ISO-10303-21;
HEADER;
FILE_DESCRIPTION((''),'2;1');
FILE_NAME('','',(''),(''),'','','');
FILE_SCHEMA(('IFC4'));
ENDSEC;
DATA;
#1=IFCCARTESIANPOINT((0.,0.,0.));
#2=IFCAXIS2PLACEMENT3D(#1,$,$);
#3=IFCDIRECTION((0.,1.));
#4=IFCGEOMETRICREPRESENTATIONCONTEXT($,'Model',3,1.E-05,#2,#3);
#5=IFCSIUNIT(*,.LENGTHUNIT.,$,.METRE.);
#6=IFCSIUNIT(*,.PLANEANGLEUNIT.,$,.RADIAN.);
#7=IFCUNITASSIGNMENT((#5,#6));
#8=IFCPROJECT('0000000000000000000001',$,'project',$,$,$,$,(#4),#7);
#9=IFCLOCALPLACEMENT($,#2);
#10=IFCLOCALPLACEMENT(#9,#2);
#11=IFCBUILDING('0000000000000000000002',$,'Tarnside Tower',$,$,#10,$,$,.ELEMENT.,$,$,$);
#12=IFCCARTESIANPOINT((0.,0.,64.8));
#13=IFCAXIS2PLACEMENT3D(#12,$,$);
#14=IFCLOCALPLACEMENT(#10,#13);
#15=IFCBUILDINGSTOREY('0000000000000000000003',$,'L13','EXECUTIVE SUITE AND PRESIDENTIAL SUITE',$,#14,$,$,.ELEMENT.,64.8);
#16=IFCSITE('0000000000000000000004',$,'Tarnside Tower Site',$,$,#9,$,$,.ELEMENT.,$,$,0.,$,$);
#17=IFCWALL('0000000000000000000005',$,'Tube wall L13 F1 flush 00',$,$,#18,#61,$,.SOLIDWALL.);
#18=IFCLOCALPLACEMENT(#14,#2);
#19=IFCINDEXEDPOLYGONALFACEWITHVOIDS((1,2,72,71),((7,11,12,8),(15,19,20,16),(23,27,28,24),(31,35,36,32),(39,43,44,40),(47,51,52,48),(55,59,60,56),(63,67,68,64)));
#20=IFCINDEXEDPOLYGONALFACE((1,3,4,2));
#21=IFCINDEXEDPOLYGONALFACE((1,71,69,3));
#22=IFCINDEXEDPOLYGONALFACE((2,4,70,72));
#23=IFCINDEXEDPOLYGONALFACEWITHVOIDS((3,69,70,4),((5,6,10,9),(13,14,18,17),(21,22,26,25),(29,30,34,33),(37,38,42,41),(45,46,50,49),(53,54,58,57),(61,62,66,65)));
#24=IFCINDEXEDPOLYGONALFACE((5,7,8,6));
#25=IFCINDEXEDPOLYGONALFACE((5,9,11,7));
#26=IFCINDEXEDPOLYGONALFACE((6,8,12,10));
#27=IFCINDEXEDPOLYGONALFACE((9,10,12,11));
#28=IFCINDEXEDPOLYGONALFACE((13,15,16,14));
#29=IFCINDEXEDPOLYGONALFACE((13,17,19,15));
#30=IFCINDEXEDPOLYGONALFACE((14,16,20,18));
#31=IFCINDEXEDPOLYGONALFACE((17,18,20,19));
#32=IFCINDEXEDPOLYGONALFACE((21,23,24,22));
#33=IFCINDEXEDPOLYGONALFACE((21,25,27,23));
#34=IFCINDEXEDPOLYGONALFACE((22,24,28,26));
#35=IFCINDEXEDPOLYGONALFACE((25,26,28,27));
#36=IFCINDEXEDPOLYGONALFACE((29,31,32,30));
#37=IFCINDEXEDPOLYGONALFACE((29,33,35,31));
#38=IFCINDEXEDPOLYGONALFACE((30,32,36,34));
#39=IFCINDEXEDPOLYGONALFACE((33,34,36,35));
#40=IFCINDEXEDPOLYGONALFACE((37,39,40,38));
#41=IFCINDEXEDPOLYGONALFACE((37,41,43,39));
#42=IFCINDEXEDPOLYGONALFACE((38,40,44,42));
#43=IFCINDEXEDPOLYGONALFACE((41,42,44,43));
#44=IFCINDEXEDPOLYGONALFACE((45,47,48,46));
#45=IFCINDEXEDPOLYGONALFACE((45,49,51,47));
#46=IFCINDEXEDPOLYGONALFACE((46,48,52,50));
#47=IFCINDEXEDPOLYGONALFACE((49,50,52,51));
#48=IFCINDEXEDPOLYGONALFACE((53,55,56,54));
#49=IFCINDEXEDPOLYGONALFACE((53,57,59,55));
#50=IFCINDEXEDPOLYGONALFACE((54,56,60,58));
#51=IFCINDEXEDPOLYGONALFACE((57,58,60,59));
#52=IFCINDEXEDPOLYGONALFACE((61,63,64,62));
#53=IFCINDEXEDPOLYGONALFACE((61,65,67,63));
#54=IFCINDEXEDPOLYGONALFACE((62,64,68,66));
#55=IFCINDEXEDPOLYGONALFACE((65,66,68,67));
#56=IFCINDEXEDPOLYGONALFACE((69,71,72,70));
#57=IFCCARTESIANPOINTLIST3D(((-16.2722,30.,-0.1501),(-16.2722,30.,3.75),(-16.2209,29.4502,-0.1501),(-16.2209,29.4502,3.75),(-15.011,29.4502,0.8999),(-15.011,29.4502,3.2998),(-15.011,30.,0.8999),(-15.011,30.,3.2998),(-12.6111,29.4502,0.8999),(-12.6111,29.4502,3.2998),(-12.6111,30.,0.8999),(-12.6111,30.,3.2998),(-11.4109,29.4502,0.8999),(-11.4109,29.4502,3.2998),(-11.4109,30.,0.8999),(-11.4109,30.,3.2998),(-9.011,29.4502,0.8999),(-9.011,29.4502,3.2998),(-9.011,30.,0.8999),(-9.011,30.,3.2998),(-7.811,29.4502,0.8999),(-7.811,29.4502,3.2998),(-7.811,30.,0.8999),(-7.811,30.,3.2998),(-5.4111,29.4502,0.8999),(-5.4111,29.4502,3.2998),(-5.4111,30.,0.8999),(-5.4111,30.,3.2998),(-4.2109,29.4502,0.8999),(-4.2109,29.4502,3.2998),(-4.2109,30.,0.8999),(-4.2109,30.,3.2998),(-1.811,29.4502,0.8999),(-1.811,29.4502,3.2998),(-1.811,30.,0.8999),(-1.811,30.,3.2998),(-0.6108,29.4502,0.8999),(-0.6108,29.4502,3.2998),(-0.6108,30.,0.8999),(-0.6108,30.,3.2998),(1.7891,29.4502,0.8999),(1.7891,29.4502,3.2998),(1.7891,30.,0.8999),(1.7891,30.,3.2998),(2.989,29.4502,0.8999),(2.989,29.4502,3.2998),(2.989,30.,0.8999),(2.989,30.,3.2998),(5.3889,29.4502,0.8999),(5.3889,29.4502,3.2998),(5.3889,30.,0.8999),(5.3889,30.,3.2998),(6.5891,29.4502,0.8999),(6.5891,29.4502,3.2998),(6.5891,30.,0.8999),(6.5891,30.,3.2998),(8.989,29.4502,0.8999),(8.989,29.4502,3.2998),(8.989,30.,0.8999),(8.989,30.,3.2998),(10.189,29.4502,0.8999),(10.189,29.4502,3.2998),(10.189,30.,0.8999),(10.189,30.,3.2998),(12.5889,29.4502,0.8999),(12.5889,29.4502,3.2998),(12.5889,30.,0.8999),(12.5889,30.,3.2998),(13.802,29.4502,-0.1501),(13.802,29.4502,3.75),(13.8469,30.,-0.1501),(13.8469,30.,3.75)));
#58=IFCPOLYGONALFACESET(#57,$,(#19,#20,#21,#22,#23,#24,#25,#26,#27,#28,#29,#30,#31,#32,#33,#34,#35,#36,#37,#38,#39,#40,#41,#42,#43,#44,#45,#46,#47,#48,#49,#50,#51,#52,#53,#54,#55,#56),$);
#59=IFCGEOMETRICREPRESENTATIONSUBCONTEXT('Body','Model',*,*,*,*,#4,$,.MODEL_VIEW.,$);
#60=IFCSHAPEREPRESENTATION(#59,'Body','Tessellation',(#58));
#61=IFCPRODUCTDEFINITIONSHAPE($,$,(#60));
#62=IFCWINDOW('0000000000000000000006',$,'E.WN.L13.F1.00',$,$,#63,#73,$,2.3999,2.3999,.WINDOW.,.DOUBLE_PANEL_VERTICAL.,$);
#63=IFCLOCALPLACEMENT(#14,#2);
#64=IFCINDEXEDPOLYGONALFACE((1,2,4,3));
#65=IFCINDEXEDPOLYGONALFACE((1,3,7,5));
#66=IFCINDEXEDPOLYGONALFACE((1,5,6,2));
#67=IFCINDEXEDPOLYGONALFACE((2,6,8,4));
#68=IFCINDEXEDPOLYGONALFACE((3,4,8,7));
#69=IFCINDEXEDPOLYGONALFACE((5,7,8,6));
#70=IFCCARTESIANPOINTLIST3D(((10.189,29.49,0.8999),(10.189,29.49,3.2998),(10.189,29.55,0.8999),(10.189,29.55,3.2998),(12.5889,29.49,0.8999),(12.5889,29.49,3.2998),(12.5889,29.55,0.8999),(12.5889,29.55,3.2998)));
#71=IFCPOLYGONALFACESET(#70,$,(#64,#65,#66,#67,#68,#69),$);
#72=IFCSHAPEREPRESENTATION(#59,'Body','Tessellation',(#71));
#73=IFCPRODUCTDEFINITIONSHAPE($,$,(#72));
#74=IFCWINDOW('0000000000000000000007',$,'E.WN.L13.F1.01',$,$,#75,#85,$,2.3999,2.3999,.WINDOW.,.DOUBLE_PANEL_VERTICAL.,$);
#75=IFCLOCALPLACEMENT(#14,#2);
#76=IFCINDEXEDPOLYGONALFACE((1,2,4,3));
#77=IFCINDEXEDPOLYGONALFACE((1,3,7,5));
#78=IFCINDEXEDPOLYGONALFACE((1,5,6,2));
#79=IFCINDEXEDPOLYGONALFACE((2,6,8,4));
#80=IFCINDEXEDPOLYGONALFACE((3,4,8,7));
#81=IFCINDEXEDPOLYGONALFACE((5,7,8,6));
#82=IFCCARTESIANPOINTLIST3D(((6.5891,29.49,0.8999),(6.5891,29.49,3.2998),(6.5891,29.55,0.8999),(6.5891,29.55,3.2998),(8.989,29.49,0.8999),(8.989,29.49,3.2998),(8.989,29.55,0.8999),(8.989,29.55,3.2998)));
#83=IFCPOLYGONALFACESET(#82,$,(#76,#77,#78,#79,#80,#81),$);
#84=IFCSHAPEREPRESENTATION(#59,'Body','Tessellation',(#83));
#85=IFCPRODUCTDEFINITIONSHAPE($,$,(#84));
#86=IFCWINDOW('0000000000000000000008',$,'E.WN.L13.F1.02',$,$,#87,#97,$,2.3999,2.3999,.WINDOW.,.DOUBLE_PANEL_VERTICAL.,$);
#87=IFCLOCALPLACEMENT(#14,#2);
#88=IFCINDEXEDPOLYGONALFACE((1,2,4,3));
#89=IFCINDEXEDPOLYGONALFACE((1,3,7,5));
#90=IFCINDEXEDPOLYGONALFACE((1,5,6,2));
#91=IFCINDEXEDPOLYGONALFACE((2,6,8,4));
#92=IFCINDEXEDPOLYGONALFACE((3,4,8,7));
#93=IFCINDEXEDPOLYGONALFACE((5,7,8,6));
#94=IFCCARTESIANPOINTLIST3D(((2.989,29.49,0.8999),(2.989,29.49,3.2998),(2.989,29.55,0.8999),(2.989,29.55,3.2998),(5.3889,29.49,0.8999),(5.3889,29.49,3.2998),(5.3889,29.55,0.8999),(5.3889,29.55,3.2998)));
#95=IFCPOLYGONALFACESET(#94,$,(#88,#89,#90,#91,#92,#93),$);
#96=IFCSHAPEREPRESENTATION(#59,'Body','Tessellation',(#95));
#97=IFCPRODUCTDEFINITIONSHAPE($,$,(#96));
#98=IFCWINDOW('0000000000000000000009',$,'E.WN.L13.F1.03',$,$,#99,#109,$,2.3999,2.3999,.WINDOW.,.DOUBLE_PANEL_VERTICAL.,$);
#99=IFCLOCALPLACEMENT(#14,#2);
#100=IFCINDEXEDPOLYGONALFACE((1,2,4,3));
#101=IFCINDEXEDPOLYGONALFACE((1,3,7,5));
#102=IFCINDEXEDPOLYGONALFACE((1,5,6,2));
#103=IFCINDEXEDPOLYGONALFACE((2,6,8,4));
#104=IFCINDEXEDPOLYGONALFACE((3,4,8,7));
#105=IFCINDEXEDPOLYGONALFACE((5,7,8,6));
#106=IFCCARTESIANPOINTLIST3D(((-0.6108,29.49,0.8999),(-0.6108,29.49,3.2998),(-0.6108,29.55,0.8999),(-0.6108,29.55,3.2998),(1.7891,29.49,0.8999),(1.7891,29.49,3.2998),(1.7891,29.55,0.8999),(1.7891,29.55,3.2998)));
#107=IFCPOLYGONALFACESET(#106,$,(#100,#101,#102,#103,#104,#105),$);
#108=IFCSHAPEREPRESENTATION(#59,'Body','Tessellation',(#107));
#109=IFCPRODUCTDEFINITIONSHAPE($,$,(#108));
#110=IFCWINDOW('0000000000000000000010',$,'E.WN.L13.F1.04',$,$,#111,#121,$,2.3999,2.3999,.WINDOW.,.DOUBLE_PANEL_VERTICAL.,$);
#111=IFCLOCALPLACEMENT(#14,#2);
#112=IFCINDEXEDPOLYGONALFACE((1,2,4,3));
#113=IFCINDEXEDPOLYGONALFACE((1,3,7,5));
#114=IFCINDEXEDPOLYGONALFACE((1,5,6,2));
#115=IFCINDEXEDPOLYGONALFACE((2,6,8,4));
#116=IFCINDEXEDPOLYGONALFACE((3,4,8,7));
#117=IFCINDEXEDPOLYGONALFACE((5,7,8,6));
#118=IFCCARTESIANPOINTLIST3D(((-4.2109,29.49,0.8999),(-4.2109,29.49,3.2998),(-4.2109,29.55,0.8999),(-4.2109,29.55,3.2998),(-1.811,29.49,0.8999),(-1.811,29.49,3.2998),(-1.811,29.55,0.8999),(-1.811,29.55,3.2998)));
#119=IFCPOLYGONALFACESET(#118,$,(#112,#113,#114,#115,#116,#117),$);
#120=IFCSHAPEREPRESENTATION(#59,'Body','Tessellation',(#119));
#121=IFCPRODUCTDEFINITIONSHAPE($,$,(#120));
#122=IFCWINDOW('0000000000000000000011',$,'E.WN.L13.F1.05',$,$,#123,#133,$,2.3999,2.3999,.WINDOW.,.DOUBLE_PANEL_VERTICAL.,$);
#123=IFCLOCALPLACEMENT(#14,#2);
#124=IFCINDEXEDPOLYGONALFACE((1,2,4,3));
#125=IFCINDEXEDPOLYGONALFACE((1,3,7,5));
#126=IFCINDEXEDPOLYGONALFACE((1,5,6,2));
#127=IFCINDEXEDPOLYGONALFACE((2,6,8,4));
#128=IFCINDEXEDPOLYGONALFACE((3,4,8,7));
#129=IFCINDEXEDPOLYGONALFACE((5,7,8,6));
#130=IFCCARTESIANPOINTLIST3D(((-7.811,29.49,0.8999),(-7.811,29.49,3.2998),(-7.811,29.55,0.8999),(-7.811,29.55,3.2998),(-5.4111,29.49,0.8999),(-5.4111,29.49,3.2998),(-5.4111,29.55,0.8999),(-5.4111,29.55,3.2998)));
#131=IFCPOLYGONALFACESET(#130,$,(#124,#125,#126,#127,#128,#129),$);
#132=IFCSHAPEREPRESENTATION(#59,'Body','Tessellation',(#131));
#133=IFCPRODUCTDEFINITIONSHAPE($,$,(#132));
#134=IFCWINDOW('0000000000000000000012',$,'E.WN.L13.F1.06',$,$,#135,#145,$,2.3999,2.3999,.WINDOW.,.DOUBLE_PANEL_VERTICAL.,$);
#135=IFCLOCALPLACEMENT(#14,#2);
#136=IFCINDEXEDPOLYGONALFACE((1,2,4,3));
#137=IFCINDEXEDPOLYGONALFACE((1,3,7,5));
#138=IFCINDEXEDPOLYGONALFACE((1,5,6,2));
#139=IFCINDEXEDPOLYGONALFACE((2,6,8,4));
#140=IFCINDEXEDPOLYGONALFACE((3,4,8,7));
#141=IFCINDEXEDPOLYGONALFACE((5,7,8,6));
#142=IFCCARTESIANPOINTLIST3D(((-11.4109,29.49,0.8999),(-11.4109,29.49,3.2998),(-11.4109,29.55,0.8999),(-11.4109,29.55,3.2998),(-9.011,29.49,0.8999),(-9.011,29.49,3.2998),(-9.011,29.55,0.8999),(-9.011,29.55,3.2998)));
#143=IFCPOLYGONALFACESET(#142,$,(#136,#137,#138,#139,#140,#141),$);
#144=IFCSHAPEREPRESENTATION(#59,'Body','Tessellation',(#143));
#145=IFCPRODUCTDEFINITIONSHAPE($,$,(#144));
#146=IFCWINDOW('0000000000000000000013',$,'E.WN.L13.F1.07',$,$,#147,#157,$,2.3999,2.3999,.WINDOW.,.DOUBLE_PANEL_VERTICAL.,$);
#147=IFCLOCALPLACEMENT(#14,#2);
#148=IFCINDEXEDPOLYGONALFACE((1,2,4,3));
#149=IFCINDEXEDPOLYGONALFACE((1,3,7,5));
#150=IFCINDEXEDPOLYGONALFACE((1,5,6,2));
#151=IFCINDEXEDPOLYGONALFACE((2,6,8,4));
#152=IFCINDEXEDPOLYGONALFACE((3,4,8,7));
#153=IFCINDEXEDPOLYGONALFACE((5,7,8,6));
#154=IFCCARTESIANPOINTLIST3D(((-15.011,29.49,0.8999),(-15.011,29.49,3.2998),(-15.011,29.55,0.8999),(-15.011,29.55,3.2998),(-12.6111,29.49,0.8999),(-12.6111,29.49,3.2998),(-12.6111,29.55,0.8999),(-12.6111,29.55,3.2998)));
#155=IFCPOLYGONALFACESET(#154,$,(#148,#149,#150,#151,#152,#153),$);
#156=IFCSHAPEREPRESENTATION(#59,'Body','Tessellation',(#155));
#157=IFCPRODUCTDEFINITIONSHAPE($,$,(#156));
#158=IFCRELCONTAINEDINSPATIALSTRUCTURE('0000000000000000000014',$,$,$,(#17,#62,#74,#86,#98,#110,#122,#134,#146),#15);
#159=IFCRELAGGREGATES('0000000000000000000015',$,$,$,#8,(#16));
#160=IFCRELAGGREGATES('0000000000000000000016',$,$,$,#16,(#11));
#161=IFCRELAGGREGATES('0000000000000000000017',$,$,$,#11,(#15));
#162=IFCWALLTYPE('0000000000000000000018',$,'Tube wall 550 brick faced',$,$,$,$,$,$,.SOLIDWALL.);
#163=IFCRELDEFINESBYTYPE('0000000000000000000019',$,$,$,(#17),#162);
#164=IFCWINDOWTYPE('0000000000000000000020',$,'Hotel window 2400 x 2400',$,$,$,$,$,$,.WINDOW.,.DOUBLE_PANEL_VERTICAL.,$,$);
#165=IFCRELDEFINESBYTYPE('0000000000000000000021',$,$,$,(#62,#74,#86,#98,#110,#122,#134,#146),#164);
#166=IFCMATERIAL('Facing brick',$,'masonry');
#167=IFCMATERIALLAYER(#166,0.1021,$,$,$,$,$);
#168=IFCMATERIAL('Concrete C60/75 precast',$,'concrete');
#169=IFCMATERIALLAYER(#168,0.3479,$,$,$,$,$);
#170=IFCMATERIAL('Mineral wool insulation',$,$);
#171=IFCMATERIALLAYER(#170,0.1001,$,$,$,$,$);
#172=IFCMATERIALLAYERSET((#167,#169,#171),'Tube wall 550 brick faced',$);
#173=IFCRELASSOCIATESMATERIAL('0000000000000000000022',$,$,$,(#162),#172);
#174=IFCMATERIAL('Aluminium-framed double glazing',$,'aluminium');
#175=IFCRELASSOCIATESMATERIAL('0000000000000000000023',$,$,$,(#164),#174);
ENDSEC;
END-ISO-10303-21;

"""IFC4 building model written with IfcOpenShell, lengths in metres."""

from ifc_helpers import new_model, si_unit, direction, frame, frame_2d, origin, place, context, subcontext, project, spatial, polyline, rectangle, outline, extrude, material, layer, layer_set, type_object, element, fill, save


model = new_model("IFC4")

# Units and contexts
model_context = context("Model", 3, precision=1e-05, world=origin(), true_north=direction((0.0, 1.0)))
body_context = subcontext(model_context, "Body", "Model", "MODEL_VIEW")
ifc_project = project(units=[si_unit("LENGTHUNIT", "METRE"), si_unit("PLANEANGLEUNIT", "RADIAN")], contexts=[model_context])

# Site, building, storey
site_placement = place(None, origin())
site = spatial("IfcSite", under=ifc_project, at=site_placement, Name="Tarnside Tower Site", CompositionType="ELEMENT", RefElevation=0.0)
building_placement = place(site_placement, origin())
building = spatial("IfcBuilding", under=site, at=building_placement, Name="Tarnside Tower", CompositionType="ELEMENT")
storey_placement = place(building_placement, frame((0.0, 0.0, 64.8)))
storey = spatial("IfcBuildingStorey", under=building, at=storey_placement, Name="L13", Description="EXECUTIVE SUITE AND PRESIDENTIAL SUITE", CompositionType="ELEMENT", Elevation=64.8)

# Wall, openings, windows
ifc_material_1 = material(Name="Facing brick", Category="masonry")
ifc_layer_1 = layer(ifc_material_1, 0.1021)
ifc_material_2 = material(Name="Concrete C60/75 precast", Category="concrete")
ifc_layer_2 = layer(ifc_material_2, 0.3479)
ifc_material_3 = material(Name="Mineral wool insulation")
ifc_layer_3 = layer(ifc_material_3, 0.1001)
ifc_layer_set_1 = layer_set([ifc_layer_1, ifc_layer_2, ifc_layer_3], Name="Tube wall 550 brick faced")
wall_type_1 = type_object("IfcWallType", Name="Tube wall 550 brick faced", PredefinedType="SOLIDWALL", material=ifc_layer_set_1)
wall_1_placement = place(storey_placement, frame((13.8245, 29.7251, -0.1501), z_axis=(0.0, 0.0, 1.0), x_axis=(-1.0, 0.0, 0.0)))
wall_1 = element("IfcWall", 1, at=wall_1_placement, inside=storey, type_object=wall_type_1, Name="Tube wall L13 F1 flush 00", PredefinedType="SOLIDWALL", context=body_context, shape_type="SweptSolid", body=[
    extrude(outline(polyline([(-0.0225, -0.2749), (30.0967, -0.2749), (30.0454, 0.2749), (0.0225, 0.2749), (-0.0225, -0.2749)])), origin(), (0.0, 0.0, 1.0), 3.9001),
])
opening_1_placement = place(wall_1_placement, frame((1.2356, 0.0, 1.05)))
opening_1 = element("IfcOpeningElement", 2, at=opening_1_placement, cuts=wall_1, PredefinedType="OPENING", context=body_context, shape_type="SweptSolid", body=[
    extrude(rectangle(XDim=2.3999, YDim=2.3999, at=frame_2d((1.2, 1.2))), frame((0.0, 0.2852, 0.0), z_axis=(0.0, -1.0, 0.0), x_axis=(1.0, 0.0, 0.0)), (0.0, 0.0, 1.0), 0.5701),
])
opening_2_placement = place(wall_1_placement, frame((4.8354, 0.0, 1.05)))
opening_2 = element("IfcOpeningElement", 3, at=opening_2_placement, cuts=wall_1, PredefinedType="OPENING", context=body_context, shape_type="SweptSolid", body=[
    extrude(rectangle(XDim=2.3999, YDim=2.3999, at=frame_2d((1.2, 1.2))), frame((0.0, 0.2852, 0.0), z_axis=(0.0, -1.0, 0.0), x_axis=(1.0, 0.0, 0.0)), (0.0, 0.0, 1.0), 0.5701),
])
opening_3_placement = place(wall_1_placement, frame((8.4355, 0.0, 1.05)))
opening_3 = element("IfcOpeningElement", 4, at=opening_3_placement, cuts=wall_1, PredefinedType="OPENING", context=body_context, shape_type="SweptSolid", body=[
    extrude(rectangle(XDim=2.3999, YDim=2.3999, at=frame_2d((1.2, 1.2))), frame((0.0, 0.2852, 0.0), z_axis=(0.0, -1.0, 0.0), x_axis=(1.0, 0.0, 0.0)), (0.0, 0.0, 1.0), 0.5701),
])
opening_4_placement = place(wall_1_placement, frame((12.0354, 0.0, 1.05)))
opening_4 = element("IfcOpeningElement", 5, at=opening_4_placement, cuts=wall_1, PredefinedType="OPENING", context=body_context, shape_type="SweptSolid", body=[
    extrude(rectangle(XDim=2.3999, YDim=2.3999, at=frame_2d((1.2, 1.2))), frame((0.0, 0.2852, 0.0), z_axis=(0.0, -1.0, 0.0), x_axis=(1.0, 0.0, 0.0)), (0.0, 0.0, 1.0), 0.5701),
])
opening_5_placement = place(wall_1_placement, frame((15.6355, 0.0, 1.05)))
opening_5 = element("IfcOpeningElement", 6, at=opening_5_placement, cuts=wall_1, PredefinedType="OPENING", context=body_context, shape_type="SweptSolid", body=[
    extrude(rectangle(XDim=2.3999, YDim=2.3999, at=frame_2d((1.2, 1.2))), frame((0.0, 0.2852, 0.0), z_axis=(0.0, -1.0, 0.0), x_axis=(1.0, 0.0, 0.0)), (0.0, 0.0, 1.0), 0.5701),
])
opening_6_placement = place(wall_1_placement, frame((19.2356, 0.0, 1.05)))
opening_6 = element("IfcOpeningElement", 7, at=opening_6_placement, cuts=wall_1, PredefinedType="OPENING", context=body_context, shape_type="SweptSolid", body=[
    extrude(rectangle(XDim=2.3999, YDim=2.3999, at=frame_2d((1.2, 1.2))), frame((0.0, 0.2852, 0.0), z_axis=(0.0, -1.0, 0.0), x_axis=(1.0, 0.0, 0.0)), (0.0, 0.0, 1.0), 0.5701),
])
opening_7_placement = place(wall_1_placement, frame((22.8354, 0.0, 1.05)))
opening_7 = element("IfcOpeningElement", 8, at=opening_7_placement, cuts=wall_1, PredefinedType="OPENING", context=body_context, shape_type="SweptSolid", body=[
    extrude(rectangle(XDim=2.3999, YDim=2.3999, at=frame_2d((1.2, 1.2))), frame((0.0, 0.2852, 0.0), z_axis=(0.0, -1.0, 0.0), x_axis=(1.0, 0.0, 0.0)), (0.0, 0.0, 1.0), 0.5701),
])
opening_8_placement = place(wall_1_placement, frame((26.4355, 0.0, 1.05)))
opening_8 = element("IfcOpeningElement", 9, at=opening_8_placement, cuts=wall_1, PredefinedType="OPENING", context=body_context, shape_type="SweptSolid", body=[
    extrude(rectangle(XDim=2.3999, YDim=2.3999, at=frame_2d((1.2, 1.2))), frame((0.0, 0.2852, 0.0), z_axis=(0.0, -1.0, 0.0), x_axis=(1.0, 0.0, 0.0)), (0.0, 0.0, 1.0), 0.5701),
])
ifc_material_4 = material(Name="Aluminium-framed double glazing", Category="aluminium")
window_type = type_object("IfcWindowType", Name="Hotel window 2400 x 2400", PartitioningType="DOUBLE_PANEL_VERTICAL", PredefinedType="WINDOW", material=ifc_material_4)
window_1_placement = place(opening_1_placement, frame((0.0, 0.2051, 0.0)))
window_1 = element("IfcWindow", 10, at=window_1_placement, inside=storey, type_object=window_type, Name="E.WN.L13.F1.00", OverallHeight=2.3999, OverallWidth=2.3999, PartitioningType="DOUBLE_PANEL_VERTICAL", PredefinedType="WINDOW", context=body_context, shape_type="SweptSolid", body=[
    extrude(rectangle(XDim=2.3999, YDim=2.3999, at=frame_2d((1.2, 1.2))), frame((0.0, 0.03, 0.0), z_axis=(0.0, -1.0, 0.0), x_axis=(1.0, 0.0, 0.0)), (0.0, 0.0, 1.0), 0.0601),
])
fill(opening_1, window_1)
window_2_placement = place(opening_2_placement, frame((0.0, 0.2051, 0.0)))
window_2 = element("IfcWindow", 11, at=window_2_placement, inside=storey, type_object=window_type, Name="E.WN.L13.F1.01", OverallHeight=2.3999, OverallWidth=2.3999, PartitioningType="DOUBLE_PANEL_VERTICAL", PredefinedType="WINDOW", context=body_context, shape_type="SweptSolid", body=[
    extrude(rectangle(XDim=2.3999, YDim=2.3999, at=frame_2d((1.2, 1.2))), frame((0.0, 0.03, 0.0), z_axis=(0.0, -1.0, 0.0), x_axis=(1.0, 0.0, 0.0)), (0.0, 0.0, 1.0), 0.0601),
])
fill(opening_2, window_2)
window_3_placement = place(opening_3_placement, frame((0.0, 0.2051, 0.0)))
window_3 = element("IfcWindow", 12, at=window_3_placement, inside=storey, type_object=window_type, Name="E.WN.L13.F1.02", OverallHeight=2.3999, OverallWidth=2.3999, PartitioningType="DOUBLE_PANEL_VERTICAL", PredefinedType="WINDOW", context=body_context, shape_type="SweptSolid", body=[
    extrude(rectangle(XDim=2.3999, YDim=2.3999, at=frame_2d((1.2, 1.2))), frame((0.0, 0.03, 0.0), z_axis=(0.0, -1.0, 0.0), x_axis=(1.0, 0.0, 0.0)), (0.0, 0.0, 1.0), 0.0601),
])
fill(opening_3, window_3)
window_4_placement = place(opening_4_placement, frame((0.0, 0.2051, 0.0)))
window_4 = element("IfcWindow", 13, at=window_4_placement, inside=storey, type_object=window_type, Name="E.WN.L13.F1.03", OverallHeight=2.3999, OverallWidth=2.3999, PartitioningType="DOUBLE_PANEL_VERTICAL", PredefinedType="WINDOW", context=body_context, shape_type="SweptSolid", body=[
    extrude(rectangle(XDim=2.3999, YDim=2.3999, at=frame_2d((1.2, 1.2))), frame((0.0, 0.03, 0.0), z_axis=(0.0, -1.0, 0.0), x_axis=(1.0, 0.0, 0.0)), (0.0, 0.0, 1.0), 0.0601),
])
fill(opening_4, window_4)
window_5_placement = place(opening_5_placement, frame((0.0, 0.2051, 0.0)))
window_5 = element("IfcWindow", 14, at=window_5_placement, inside=storey, type_object=window_type, Name="E.WN.L13.F1.04", OverallHeight=2.3999, OverallWidth=2.3999, PartitioningType="DOUBLE_PANEL_VERTICAL", PredefinedType="WINDOW", context=body_context, shape_type="SweptSolid", body=[
    extrude(rectangle(XDim=2.3999, YDim=2.3999, at=frame_2d((1.2, 1.2))), frame((0.0, 0.03, 0.0), z_axis=(0.0, -1.0, 0.0), x_axis=(1.0, 0.0, 0.0)), (0.0, 0.0, 1.0), 0.0601),
])
fill(opening_5, window_5)
window_6_placement = place(opening_6_placement, frame((0.0, 0.2051, 0.0)))
window_6 = element("IfcWindow", 15, at=window_6_placement, inside=storey, type_object=window_type, Name="E.WN.L13.F1.05", OverallHeight=2.3999, OverallWidth=2.3999, PartitioningType="DOUBLE_PANEL_VERTICAL", PredefinedType="WINDOW", context=body_context, shape_type="SweptSolid", body=[
    extrude(rectangle(XDim=2.3999, YDim=2.3999, at=frame_2d((1.2, 1.2))), frame((0.0, 0.03, 0.0), z_axis=(0.0, -1.0, 0.0), x_axis=(1.0, 0.0, 0.0)), (0.0, 0.0, 1.0), 0.0601),
])
fill(opening_6, window_6)
window_7_placement = place(opening_7_placement, frame((0.0, 0.2051, 0.0)))
window_7 = element("IfcWindow", 16, at=window_7_placement, inside=storey, type_object=window_type, Name="E.WN.L13.F1.06", OverallHeight=2.3999, OverallWidth=2.3999, PartitioningType="DOUBLE_PANEL_VERTICAL", PredefinedType="WINDOW", context=body_context, shape_type="SweptSolid", body=[
    extrude(rectangle(XDim=2.3999, YDim=2.3999, at=frame_2d((1.2, 1.2))), frame((0.0, 0.03, 0.0), z_axis=(0.0, -1.0, 0.0), x_axis=(1.0, 0.0, 0.0)), (0.0, 0.0, 1.0), 0.0601),
])
fill(opening_7, window_7)
window_8_placement = place(opening_8_placement, frame((0.0, 0.2051, 0.0)))
window_8 = element("IfcWindow", 17, at=window_8_placement, inside=storey, type_object=window_type, Name="E.WN.L13.F1.07", OverallHeight=2.3999, OverallWidth=2.3999, PartitioningType="DOUBLE_PANEL_VERTICAL", PredefinedType="WINDOW", context=body_context, shape_type="SweptSolid", body=[
    extrude(rectangle(XDim=2.3999, YDim=2.3999, at=frame_2d((1.2, 1.2))), frame((0.0, 0.03, 0.0), z_axis=(0.0, -1.0, 0.0), x_axis=(1.0, 0.0, 0.0)), (0.0, 0.0, 1.0), 0.0601),
])
fill(opening_8, window_8)

save(model, "model.ifc")
